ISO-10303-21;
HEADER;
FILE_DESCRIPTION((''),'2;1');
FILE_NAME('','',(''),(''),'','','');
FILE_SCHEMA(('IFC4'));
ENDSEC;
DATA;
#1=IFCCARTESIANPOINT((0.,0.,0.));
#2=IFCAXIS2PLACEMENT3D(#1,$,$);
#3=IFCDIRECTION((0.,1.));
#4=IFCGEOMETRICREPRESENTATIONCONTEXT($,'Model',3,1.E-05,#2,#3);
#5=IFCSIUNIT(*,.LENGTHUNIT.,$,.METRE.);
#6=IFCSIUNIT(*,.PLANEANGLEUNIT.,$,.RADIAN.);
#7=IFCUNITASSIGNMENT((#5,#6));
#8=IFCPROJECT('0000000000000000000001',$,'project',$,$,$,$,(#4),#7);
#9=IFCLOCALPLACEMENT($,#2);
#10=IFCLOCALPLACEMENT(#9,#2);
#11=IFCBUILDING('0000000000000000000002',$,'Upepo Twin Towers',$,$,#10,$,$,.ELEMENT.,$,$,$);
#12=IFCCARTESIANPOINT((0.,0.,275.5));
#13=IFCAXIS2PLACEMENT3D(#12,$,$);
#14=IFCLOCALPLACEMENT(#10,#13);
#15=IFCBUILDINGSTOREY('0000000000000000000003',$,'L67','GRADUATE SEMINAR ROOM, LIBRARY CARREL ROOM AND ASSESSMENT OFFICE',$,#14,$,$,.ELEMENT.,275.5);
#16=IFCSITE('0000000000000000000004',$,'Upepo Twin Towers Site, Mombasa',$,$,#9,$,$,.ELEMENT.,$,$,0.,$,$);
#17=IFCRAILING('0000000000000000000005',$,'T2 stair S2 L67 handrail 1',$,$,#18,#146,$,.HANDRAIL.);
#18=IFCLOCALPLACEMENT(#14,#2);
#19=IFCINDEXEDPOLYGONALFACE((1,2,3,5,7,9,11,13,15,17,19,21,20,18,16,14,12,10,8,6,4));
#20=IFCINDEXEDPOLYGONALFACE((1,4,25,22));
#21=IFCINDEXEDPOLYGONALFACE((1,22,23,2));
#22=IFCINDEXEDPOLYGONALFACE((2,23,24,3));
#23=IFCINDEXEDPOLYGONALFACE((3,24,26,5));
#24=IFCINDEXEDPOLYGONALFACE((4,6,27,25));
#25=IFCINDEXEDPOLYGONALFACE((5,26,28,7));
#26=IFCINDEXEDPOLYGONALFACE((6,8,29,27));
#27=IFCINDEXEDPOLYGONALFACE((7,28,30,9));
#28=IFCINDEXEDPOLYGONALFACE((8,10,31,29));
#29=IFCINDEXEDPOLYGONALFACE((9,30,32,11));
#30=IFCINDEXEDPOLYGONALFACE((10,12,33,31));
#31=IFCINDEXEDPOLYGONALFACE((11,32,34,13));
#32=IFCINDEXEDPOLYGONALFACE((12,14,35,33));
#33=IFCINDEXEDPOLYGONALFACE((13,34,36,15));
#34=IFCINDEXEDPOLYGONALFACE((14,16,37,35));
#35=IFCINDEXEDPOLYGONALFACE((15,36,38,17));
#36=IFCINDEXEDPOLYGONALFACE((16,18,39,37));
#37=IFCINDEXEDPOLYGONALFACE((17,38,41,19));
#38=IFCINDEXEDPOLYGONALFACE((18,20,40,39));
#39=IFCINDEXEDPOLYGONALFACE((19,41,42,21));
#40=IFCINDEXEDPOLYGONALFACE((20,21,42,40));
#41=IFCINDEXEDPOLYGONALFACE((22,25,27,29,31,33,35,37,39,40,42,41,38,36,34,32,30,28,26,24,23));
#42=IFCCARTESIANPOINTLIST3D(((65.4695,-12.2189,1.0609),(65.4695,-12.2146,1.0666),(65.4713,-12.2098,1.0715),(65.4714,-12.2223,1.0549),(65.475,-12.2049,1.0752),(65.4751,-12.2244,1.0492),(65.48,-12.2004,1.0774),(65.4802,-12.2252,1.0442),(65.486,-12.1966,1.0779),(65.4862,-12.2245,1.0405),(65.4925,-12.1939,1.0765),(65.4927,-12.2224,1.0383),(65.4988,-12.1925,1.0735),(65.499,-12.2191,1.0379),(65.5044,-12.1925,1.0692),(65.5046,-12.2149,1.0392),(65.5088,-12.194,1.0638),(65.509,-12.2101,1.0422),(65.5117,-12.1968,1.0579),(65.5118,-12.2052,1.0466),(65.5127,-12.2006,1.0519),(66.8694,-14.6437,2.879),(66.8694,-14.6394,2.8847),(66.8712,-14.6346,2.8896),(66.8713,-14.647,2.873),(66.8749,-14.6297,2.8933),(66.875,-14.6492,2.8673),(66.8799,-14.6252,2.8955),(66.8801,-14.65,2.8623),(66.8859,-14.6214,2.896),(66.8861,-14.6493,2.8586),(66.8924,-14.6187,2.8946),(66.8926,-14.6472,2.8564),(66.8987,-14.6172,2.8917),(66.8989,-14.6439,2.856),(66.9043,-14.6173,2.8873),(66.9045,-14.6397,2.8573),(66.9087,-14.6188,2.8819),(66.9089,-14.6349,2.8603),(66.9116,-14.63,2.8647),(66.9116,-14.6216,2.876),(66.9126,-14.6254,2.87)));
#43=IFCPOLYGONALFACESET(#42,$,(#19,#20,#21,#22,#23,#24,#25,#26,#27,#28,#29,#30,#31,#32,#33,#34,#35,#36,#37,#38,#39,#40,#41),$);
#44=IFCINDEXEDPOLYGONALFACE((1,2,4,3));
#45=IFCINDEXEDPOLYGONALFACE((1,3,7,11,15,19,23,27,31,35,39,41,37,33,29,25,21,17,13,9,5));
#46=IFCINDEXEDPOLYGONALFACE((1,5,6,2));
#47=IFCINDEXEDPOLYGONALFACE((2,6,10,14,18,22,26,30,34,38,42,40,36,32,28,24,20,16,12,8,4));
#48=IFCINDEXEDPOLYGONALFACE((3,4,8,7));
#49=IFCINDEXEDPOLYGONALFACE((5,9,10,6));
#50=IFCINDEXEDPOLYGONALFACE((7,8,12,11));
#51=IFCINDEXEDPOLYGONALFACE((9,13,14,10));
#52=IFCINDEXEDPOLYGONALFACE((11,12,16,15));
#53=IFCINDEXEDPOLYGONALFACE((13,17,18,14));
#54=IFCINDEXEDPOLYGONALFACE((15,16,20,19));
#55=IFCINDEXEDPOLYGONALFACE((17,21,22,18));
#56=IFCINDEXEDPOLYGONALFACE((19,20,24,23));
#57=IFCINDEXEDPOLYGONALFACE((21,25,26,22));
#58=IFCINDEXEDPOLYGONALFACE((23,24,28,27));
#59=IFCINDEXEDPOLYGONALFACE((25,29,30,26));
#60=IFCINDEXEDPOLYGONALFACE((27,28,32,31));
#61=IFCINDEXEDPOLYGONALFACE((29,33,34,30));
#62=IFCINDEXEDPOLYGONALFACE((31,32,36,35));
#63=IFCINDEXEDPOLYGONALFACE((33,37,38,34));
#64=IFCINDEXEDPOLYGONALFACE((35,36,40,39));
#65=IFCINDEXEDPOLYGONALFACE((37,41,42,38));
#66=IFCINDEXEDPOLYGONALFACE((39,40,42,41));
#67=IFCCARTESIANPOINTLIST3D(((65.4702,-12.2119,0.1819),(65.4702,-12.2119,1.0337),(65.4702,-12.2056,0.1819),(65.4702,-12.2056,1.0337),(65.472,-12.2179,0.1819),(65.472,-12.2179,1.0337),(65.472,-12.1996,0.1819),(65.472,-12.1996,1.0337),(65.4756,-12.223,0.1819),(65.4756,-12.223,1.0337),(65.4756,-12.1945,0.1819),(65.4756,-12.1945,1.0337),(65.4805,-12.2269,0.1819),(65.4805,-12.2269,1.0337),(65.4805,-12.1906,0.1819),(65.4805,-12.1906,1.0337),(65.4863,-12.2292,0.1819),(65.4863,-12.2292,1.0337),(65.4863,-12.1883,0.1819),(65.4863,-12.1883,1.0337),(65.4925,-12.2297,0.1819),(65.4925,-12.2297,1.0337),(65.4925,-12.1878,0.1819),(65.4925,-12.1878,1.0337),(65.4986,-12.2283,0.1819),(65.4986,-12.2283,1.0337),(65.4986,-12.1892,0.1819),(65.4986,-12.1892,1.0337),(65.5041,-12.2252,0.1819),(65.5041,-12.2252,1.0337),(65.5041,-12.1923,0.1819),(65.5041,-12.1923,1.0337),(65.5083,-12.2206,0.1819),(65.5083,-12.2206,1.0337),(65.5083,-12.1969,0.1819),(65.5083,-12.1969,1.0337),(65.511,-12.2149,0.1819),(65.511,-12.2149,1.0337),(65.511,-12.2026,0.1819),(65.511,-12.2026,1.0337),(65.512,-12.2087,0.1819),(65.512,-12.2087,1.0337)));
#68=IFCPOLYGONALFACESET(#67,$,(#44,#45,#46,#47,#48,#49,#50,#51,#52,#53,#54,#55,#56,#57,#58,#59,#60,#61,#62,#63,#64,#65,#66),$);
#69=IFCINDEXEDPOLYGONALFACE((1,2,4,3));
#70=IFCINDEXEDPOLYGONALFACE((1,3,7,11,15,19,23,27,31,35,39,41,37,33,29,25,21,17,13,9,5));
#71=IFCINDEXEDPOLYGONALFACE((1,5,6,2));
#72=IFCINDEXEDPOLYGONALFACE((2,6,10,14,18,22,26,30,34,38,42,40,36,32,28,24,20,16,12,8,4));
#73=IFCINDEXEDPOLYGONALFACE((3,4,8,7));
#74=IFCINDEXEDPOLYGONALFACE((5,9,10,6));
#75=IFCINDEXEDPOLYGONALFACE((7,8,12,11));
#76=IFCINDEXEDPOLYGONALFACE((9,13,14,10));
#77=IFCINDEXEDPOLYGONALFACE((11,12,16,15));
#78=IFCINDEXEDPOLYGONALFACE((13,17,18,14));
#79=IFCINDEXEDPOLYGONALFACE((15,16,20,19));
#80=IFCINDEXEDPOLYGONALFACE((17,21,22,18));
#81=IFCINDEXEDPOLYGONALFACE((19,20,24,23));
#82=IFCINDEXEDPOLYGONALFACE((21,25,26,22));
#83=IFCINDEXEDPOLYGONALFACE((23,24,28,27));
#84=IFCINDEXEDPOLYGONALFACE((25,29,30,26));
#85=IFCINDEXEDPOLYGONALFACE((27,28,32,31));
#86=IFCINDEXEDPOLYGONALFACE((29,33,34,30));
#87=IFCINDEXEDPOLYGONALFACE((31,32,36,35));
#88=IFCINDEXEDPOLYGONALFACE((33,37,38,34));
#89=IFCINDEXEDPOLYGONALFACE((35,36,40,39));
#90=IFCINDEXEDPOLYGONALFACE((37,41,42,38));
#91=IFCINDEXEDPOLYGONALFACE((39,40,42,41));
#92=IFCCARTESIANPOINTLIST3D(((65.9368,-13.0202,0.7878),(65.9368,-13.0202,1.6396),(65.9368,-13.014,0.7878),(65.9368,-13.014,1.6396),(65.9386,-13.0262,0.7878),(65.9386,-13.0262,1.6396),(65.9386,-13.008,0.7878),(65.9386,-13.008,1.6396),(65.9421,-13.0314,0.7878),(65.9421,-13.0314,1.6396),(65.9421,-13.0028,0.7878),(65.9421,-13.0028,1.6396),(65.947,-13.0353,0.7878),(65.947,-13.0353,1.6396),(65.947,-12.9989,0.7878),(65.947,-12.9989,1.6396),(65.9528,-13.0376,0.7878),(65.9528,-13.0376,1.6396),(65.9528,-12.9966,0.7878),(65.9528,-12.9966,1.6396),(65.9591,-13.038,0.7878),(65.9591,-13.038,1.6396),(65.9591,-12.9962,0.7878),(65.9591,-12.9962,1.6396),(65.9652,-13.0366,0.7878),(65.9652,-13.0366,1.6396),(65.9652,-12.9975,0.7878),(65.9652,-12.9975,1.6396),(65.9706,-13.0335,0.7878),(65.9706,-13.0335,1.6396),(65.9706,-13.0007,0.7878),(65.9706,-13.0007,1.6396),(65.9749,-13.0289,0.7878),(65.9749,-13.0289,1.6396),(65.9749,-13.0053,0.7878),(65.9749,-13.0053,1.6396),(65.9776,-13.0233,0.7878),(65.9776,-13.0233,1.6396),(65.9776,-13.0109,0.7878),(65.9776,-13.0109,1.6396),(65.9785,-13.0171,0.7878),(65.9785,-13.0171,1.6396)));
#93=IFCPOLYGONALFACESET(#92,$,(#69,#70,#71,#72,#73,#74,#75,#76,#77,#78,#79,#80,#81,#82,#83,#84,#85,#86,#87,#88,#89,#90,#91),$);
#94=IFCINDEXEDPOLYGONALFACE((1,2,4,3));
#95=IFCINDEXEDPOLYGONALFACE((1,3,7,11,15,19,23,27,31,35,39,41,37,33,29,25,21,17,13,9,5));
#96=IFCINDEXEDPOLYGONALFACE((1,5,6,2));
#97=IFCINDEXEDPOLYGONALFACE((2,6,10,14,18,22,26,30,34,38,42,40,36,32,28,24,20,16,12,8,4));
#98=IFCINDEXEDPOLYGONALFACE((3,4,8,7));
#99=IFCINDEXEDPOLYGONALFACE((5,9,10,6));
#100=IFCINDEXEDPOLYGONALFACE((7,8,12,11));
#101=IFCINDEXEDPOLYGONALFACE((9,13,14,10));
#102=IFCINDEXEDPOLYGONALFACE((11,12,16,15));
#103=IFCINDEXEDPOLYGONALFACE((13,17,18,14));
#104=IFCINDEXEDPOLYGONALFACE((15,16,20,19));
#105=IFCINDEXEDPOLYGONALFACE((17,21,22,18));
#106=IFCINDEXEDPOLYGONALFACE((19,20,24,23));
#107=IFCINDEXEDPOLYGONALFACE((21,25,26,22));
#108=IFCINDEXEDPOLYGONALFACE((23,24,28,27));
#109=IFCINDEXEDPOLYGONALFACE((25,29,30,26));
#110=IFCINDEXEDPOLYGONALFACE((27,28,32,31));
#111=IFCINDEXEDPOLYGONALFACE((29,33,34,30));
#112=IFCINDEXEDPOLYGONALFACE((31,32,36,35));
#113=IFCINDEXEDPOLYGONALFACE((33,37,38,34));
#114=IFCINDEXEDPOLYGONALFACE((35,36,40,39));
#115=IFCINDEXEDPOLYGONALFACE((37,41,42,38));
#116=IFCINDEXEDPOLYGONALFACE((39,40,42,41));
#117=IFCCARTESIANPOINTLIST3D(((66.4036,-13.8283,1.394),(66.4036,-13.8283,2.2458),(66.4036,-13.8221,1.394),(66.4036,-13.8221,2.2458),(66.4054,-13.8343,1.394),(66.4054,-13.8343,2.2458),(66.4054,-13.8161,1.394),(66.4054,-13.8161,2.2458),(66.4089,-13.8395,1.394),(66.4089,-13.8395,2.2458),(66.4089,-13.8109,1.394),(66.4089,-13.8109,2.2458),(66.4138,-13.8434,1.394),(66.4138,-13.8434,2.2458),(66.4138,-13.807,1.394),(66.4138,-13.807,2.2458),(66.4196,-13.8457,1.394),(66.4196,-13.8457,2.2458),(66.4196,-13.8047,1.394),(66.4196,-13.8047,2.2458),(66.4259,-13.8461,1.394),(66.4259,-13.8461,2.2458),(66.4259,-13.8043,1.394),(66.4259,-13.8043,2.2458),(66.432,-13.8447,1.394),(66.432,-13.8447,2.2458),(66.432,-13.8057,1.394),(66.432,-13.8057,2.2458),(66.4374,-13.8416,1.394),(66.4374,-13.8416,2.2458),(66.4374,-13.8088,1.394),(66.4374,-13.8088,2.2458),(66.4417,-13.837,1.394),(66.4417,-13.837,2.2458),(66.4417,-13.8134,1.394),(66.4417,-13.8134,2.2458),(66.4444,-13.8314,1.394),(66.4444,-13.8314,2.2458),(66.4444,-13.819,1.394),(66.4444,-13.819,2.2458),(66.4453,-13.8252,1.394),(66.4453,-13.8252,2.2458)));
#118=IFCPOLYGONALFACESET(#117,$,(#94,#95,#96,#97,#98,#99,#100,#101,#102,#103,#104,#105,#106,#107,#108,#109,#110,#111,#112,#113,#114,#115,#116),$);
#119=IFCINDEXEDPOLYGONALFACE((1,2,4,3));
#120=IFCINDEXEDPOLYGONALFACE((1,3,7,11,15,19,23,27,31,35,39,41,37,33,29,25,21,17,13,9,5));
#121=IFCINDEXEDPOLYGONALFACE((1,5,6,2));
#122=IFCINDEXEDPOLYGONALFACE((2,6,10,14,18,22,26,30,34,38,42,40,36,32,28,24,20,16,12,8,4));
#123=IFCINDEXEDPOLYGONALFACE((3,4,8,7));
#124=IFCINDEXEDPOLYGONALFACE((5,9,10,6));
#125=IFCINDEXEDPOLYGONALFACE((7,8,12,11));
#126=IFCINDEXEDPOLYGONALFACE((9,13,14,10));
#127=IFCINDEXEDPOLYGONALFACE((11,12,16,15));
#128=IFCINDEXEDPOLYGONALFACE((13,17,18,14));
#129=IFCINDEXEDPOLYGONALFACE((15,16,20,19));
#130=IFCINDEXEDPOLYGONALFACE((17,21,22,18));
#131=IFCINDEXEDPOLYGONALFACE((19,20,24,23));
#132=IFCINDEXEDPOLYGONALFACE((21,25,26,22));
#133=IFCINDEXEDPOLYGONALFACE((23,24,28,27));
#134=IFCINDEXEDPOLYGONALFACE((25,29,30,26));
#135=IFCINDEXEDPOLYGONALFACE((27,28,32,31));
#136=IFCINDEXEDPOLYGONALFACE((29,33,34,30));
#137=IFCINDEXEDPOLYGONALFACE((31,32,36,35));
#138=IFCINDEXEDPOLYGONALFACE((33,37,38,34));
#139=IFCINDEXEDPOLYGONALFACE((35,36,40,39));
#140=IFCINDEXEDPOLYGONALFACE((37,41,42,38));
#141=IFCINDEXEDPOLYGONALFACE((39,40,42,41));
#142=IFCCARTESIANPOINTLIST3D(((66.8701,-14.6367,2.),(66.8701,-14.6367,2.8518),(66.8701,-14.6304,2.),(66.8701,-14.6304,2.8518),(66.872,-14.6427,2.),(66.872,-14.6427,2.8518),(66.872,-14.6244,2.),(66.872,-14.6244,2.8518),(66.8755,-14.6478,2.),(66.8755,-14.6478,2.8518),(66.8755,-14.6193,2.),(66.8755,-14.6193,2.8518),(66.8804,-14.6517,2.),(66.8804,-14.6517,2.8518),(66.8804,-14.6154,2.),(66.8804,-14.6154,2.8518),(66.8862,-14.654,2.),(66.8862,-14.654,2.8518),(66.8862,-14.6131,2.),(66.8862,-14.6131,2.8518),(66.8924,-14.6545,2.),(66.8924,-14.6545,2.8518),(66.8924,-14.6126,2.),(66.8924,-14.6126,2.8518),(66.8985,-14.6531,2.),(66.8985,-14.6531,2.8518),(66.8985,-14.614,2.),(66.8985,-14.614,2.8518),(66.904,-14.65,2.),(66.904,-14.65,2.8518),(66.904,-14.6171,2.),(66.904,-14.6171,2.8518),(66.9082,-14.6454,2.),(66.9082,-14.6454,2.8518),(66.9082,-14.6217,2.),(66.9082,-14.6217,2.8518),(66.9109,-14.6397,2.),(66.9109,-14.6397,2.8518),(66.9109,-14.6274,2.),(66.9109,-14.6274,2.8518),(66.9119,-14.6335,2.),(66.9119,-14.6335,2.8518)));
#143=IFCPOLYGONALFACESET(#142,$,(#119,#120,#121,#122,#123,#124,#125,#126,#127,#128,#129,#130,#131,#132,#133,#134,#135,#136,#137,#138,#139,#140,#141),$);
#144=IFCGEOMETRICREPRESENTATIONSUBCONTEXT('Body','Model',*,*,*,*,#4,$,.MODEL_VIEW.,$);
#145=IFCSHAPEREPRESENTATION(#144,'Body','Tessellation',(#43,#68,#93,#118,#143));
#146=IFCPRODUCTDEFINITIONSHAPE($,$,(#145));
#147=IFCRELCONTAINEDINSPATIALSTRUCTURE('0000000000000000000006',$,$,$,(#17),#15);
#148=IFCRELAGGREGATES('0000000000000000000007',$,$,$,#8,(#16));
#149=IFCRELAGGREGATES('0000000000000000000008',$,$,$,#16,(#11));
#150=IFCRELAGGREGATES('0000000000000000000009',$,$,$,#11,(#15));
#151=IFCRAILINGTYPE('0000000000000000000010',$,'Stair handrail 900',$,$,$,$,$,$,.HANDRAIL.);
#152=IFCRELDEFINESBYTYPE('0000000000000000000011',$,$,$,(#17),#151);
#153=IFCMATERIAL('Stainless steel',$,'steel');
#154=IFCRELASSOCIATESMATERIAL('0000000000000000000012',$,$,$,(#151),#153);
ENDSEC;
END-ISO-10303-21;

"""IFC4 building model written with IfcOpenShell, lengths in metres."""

from ifc_helpers import new_model, si_unit, direction, frame, origin, origin_2d, place, context, subcontext, project, spatial, circle, extrude, material, type_object, element, save


model = new_model("IFC4")

# Units and contexts
model_context = context("Model", 3, precision=1e-05, world=origin(), true_north=direction((0.0, 1.0)))
body_context = subcontext(model_context, "Body", "Model", "MODEL_VIEW")
ifc_project = project(units=[si_unit("LENGTHUNIT", "METRE"), si_unit("PLANEANGLEUNIT", "RADIAN")], contexts=[model_context])

# Site, building, storey
site_placement = place(None, origin())
site = spatial("IfcSite", under=ifc_project, at=site_placement, Name="Upepo Twin Towers Site, Mombasa", CompositionType="ELEMENT", RefElevation=0.0)
building_placement = place(site_placement, origin())
building = spatial("IfcBuilding", under=site, at=building_placement, Name="Upepo Twin Towers", CompositionType="ELEMENT")
storey_placement = place(building_placement, frame((0.0, 0.0, 275.5)))
storey = spatial("IfcBuildingStorey", under=building, at=storey_placement, Name="L67", Description="GRADUATE SEMINAR ROOM, LIBRARY CARREL ROOM AND ASSESSMENT OFFICE", CompositionType="ELEMENT", Elevation=275.5)

# Railing
ifc_material_1 = material(Name="Stainless steel", Category="steel")
railing_type = type_object("IfcRailingType", Name="Stair handrail 900", PredefinedType="HANDRAIL", material=ifc_material_1)
railing_1_placement = place(storey_placement, frame((65.491, -12.2087, 0.1819)))
element("IfcRailing", 1, at=railing_1_placement, inside=storey, type_object=railing_type, Name="T2 stair S2 L67 handrail 1", PredefinedType="HANDRAIL", context=body_context, shape_type="SweptSolid", body=[
    extrude(circle(Radius=0.0239, at=origin_2d()), frame((0.0, 0.0, 0.876), z_axis=(0.419333, -0.726336, 0.544606), x_axis=(0.866035, 0.499984, 0.0)), (0.0, 0.0, 1.0), 3.3384),
    extrude(circle(Radius=0.021, at=origin_2d()), origin(), (0.0, 0.0, 1.0), 0.8518),
    extrude(circle(Radius=0.021, at=origin_2d()), frame((0.4666, -0.8083, 0.606)), (0.0, 0.0, 1.0), 0.8518),
    extrude(circle(Radius=0.021, at=origin_2d()), frame((0.9333, -1.6165, 1.2122)), (0.0, 0.0, 1.0), 0.8518),
    extrude(circle(Radius=0.021, at=origin_2d()), frame((1.3999, -2.4248, 1.8181)), (0.0, 0.0, 1.0), 0.8518),
])

save(model, "model.ifc")
